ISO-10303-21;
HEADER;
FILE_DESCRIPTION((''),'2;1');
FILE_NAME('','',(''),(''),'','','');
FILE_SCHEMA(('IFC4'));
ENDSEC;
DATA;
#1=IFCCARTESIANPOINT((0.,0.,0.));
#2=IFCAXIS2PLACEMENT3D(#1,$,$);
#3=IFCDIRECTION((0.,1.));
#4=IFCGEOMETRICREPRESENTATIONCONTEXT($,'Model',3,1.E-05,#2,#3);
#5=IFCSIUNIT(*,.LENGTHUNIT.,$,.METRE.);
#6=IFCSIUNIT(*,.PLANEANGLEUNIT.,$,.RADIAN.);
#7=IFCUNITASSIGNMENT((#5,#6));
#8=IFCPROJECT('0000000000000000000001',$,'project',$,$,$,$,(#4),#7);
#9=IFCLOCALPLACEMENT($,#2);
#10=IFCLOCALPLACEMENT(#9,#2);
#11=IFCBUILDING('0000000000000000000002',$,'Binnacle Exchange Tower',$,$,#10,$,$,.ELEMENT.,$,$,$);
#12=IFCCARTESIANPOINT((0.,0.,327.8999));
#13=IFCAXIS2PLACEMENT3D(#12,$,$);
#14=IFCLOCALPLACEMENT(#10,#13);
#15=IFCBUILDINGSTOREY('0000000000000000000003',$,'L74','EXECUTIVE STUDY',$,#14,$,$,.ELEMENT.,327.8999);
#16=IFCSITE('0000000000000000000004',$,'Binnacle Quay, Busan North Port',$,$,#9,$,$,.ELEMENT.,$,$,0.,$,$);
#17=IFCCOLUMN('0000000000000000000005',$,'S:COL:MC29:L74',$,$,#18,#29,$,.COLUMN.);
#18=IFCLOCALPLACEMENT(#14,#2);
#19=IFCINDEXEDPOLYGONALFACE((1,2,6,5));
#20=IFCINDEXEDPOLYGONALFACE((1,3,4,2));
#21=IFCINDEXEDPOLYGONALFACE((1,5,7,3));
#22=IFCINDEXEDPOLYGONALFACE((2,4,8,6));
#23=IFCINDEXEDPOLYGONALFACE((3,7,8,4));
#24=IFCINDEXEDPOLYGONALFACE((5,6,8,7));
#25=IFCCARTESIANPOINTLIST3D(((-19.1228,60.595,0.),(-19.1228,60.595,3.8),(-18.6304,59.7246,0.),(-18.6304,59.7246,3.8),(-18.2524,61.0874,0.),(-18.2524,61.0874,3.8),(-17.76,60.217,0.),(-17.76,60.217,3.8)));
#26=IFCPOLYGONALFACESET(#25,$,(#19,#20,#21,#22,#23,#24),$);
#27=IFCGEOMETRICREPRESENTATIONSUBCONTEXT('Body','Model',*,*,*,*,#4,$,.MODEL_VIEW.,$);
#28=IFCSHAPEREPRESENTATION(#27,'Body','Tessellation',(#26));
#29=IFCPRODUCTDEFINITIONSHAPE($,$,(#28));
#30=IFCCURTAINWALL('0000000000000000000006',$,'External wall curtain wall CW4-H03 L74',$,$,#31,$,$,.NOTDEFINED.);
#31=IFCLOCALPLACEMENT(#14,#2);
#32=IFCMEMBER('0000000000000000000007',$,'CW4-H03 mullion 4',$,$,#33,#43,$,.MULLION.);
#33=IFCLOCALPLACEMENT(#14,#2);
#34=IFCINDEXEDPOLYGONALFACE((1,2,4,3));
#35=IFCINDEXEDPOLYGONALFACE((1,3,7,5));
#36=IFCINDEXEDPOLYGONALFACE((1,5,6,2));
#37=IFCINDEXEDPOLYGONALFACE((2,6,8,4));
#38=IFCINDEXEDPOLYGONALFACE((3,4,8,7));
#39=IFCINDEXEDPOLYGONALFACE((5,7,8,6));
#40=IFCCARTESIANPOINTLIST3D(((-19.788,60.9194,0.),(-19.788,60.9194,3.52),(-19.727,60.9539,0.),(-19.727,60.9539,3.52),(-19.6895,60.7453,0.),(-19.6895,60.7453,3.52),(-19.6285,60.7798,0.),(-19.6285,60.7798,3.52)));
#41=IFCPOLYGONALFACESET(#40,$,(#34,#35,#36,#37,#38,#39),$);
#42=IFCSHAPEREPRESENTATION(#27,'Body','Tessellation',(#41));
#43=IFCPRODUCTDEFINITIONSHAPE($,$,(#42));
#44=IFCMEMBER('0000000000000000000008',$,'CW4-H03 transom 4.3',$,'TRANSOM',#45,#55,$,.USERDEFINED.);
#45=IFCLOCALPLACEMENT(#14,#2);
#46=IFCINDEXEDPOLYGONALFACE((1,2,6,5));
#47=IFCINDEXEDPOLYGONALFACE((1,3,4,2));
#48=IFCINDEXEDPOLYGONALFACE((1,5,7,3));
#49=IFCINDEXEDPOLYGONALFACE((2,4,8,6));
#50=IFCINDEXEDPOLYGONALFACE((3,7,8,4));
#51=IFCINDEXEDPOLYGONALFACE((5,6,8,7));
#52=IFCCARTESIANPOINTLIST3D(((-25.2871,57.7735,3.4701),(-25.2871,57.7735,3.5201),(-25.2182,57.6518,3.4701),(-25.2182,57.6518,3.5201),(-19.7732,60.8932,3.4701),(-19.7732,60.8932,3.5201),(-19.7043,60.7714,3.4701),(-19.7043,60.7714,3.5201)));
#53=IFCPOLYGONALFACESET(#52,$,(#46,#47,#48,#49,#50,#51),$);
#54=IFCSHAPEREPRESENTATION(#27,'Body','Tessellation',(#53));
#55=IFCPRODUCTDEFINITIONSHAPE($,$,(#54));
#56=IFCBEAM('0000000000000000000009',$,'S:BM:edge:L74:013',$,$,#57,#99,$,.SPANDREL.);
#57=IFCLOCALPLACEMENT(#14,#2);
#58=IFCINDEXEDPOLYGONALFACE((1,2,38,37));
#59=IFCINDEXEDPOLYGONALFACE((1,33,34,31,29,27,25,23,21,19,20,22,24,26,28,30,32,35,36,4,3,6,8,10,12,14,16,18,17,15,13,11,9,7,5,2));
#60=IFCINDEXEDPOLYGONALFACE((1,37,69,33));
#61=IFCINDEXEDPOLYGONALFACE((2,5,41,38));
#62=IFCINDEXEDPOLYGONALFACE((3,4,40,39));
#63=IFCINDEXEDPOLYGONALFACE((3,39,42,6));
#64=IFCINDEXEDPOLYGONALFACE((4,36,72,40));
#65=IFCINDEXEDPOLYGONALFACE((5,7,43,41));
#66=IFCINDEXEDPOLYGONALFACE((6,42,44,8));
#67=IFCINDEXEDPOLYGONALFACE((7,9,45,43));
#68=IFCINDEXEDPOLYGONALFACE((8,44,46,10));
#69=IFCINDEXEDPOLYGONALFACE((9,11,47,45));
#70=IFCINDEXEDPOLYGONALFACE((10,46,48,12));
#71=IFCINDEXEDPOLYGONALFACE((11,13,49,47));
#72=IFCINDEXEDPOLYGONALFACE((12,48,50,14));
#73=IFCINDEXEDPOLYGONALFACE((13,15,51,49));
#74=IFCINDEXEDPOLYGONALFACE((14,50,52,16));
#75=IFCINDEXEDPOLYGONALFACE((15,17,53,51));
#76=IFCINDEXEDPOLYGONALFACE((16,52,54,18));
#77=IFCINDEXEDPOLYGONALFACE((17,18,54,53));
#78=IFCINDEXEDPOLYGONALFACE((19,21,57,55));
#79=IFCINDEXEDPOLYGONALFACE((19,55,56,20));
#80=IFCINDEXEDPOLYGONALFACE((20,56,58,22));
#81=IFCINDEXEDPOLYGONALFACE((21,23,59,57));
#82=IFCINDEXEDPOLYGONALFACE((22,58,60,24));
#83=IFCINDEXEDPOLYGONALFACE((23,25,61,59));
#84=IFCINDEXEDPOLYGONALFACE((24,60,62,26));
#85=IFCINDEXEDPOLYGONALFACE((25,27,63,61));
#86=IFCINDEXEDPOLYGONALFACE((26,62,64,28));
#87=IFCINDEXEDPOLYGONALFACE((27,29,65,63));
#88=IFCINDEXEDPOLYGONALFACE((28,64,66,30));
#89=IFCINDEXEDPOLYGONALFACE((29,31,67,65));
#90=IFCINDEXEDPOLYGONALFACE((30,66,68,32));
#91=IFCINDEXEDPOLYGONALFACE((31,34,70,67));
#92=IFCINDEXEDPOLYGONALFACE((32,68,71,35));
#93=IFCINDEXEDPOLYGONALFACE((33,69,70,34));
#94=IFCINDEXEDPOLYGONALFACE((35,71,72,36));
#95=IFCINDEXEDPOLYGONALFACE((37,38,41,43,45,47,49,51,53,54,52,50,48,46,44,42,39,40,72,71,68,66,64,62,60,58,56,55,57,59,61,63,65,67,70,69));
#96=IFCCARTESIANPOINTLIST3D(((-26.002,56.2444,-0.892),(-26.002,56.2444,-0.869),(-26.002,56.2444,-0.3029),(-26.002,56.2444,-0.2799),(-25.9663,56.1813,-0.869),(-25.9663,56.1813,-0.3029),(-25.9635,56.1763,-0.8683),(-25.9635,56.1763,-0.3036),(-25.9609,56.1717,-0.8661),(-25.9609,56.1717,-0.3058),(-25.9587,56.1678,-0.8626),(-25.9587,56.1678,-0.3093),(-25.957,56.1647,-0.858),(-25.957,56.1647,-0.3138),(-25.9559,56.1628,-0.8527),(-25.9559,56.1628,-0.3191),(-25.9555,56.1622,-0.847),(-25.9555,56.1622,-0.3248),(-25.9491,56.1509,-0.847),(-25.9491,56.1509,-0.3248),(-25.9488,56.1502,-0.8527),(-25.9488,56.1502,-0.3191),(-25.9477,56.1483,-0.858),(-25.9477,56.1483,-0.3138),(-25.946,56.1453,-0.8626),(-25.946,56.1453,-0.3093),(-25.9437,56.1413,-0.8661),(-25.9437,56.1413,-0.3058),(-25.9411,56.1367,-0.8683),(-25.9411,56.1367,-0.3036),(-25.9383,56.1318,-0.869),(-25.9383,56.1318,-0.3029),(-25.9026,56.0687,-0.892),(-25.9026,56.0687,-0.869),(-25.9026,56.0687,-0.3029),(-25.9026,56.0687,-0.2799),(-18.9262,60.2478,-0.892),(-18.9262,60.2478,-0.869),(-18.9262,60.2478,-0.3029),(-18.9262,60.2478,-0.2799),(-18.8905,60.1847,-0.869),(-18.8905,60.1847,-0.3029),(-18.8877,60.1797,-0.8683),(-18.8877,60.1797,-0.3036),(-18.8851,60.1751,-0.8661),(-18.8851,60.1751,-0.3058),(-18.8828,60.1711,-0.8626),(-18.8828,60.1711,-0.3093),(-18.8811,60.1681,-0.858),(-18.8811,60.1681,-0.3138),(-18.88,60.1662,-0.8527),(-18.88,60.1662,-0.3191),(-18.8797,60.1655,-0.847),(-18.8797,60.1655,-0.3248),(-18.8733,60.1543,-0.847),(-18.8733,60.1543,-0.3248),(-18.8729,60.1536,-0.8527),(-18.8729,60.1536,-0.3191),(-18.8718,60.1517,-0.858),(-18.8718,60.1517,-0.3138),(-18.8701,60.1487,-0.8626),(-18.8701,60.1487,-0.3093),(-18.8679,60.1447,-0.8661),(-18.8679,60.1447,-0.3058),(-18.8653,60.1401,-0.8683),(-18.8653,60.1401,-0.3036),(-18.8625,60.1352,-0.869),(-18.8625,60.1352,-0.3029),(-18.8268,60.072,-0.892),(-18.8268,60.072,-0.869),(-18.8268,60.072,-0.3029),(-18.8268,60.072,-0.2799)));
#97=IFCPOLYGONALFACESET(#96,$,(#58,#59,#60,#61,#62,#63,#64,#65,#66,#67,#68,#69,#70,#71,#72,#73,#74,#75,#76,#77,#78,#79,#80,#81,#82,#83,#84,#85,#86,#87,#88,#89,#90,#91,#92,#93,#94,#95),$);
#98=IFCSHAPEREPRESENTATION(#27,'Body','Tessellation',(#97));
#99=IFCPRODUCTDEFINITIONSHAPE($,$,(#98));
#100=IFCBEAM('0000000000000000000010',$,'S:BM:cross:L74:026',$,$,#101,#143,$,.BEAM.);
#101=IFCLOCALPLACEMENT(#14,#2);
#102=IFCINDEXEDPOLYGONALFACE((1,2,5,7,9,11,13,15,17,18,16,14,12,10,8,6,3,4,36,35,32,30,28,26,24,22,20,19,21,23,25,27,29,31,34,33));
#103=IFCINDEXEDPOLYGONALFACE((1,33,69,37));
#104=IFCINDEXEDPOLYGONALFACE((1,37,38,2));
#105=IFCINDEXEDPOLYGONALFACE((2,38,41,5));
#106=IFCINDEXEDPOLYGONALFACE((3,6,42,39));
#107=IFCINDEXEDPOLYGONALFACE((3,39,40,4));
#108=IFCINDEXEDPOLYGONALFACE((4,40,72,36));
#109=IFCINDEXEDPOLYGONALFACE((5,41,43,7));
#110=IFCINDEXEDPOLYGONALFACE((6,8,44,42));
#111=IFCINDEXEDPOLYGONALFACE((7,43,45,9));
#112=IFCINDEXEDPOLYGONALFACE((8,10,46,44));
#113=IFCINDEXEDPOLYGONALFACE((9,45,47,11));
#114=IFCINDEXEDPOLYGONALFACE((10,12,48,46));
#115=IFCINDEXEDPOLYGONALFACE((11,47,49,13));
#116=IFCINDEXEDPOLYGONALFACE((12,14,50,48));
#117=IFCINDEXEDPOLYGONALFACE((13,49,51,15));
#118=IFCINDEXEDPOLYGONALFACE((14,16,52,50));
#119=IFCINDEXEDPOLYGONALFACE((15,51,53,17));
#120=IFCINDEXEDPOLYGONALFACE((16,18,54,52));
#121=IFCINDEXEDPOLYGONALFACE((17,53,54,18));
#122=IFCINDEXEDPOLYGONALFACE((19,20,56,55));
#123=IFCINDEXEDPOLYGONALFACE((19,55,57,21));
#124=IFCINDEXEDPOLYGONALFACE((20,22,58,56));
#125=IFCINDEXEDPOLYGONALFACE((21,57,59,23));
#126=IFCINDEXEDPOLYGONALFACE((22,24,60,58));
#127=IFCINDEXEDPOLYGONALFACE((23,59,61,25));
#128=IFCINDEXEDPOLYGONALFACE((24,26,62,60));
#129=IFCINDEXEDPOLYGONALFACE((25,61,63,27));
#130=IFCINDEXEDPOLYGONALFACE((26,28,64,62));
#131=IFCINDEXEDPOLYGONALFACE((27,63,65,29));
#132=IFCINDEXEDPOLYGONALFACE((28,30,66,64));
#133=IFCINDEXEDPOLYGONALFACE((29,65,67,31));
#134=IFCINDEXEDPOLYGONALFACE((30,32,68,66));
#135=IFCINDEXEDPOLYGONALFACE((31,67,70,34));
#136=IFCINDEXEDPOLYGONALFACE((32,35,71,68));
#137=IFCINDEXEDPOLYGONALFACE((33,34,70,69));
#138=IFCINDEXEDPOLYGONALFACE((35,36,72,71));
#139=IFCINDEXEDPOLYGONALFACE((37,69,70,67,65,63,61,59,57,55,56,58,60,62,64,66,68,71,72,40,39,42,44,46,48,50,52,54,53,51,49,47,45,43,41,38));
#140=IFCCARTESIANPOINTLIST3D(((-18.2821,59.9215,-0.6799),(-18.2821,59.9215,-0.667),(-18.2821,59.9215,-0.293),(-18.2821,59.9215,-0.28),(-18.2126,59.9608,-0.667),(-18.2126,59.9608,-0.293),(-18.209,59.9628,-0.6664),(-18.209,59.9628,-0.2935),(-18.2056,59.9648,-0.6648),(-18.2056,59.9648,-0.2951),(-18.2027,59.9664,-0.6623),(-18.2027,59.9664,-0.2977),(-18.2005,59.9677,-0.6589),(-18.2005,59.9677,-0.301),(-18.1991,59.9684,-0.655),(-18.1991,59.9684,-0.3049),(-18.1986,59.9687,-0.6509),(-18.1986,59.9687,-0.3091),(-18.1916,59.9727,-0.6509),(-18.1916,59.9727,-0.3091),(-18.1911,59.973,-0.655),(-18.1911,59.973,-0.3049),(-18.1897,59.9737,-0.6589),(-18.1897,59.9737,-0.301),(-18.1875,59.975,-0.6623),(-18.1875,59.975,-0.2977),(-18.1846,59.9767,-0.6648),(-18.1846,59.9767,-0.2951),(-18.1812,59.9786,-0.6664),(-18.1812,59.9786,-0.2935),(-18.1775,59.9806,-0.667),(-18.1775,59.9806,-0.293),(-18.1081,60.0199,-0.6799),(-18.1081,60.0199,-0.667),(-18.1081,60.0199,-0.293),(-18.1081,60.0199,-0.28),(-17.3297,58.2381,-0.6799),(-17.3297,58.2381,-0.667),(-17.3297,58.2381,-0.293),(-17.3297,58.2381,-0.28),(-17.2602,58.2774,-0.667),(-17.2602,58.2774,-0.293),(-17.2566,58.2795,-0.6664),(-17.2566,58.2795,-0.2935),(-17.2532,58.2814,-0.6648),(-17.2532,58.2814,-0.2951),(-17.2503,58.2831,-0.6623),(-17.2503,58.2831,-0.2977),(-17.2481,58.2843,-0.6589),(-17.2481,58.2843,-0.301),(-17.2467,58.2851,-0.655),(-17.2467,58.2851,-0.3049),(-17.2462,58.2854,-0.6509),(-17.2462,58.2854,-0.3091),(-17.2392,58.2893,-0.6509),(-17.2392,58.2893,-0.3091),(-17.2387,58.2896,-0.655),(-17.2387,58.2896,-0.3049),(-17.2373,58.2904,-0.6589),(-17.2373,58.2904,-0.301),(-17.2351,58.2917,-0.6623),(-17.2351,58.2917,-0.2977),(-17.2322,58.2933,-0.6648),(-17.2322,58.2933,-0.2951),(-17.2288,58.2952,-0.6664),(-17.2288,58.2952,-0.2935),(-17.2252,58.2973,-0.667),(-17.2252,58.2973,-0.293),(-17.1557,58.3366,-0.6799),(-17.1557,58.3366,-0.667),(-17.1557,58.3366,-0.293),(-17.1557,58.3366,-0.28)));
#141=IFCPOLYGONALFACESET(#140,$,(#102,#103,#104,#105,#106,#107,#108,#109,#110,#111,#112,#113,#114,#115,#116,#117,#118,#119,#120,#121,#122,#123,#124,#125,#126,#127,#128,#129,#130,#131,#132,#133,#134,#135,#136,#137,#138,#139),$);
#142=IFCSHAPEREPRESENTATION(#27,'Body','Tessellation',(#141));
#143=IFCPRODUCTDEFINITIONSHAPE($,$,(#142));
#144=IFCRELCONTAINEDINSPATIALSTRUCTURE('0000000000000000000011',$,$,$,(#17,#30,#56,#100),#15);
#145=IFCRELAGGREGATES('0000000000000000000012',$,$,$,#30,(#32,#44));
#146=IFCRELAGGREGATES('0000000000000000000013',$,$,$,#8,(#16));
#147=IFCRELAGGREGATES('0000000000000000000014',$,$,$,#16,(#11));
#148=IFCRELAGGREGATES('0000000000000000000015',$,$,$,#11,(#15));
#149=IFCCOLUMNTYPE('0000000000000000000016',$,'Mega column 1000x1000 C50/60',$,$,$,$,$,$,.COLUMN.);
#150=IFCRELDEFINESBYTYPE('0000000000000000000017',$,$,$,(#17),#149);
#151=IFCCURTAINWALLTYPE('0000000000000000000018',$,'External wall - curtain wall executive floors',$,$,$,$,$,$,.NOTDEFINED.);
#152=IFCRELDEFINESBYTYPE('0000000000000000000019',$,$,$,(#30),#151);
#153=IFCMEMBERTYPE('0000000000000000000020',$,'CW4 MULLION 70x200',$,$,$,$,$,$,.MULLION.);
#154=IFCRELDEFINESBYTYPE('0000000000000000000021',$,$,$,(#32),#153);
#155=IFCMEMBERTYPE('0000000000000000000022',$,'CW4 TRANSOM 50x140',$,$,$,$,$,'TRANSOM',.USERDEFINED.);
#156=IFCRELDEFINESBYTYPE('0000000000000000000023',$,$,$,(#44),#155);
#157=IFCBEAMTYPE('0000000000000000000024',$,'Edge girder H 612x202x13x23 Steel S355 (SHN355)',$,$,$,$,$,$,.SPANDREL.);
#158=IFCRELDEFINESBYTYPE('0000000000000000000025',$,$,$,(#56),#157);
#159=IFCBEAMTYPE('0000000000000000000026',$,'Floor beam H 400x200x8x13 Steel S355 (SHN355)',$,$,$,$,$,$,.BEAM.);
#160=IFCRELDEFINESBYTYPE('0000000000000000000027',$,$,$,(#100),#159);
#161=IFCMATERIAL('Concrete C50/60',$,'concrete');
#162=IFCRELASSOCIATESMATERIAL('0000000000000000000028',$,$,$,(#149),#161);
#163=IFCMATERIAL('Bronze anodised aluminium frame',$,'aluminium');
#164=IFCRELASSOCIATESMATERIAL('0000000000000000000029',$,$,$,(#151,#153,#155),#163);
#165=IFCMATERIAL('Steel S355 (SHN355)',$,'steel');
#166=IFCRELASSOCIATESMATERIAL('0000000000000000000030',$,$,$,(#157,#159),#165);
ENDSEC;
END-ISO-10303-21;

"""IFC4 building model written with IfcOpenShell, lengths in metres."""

from ifc_helpers import new_model, si_unit, direction, frame, origin, origin_2d, place, context, subcontext, project, spatial, rectangle, i_section, extrude, material, material_profile, profile_set, type_object, element, aggregate, save


model = new_model("IFC4")

# Units and contexts
model_context = context("Model", 3, precision=1e-05, world=origin(), true_north=direction((0.0, 1.0)))
body_context = subcontext(model_context, "Body", "Model", "MODEL_VIEW")
ifc_project = project(units=[si_unit("LENGTHUNIT", "METRE"), si_unit("PLANEANGLEUNIT", "RADIAN")], contexts=[model_context])

# Site, building, storey
site_placement = place(None, origin())
site = spatial("IfcSite", under=ifc_project, at=site_placement, Name="Binnacle Quay, Busan North Port", CompositionType="ELEMENT", RefElevation=0.0)
building_placement = place(site_placement, origin())
building = spatial("IfcBuilding", under=site, at=building_placement, Name="Binnacle Exchange Tower", CompositionType="ELEMENT")
storey_placement = place(building_placement, frame((0.0, 0.0, 327.8999)))
storey = spatial("IfcBuildingStorey", under=building, at=storey_placement, Name="L74", Description="EXECUTIVE STUDY", CompositionType="ELEMENT", Elevation=327.8999)

# Column
ifc_material_1 = material(Name="Concrete C50/60", Category="concrete")
ifc_material_profile_1 = material_profile(ifc_material_1, rectangle(XDim=1.0, YDim=1.0, at=origin_2d()), Name="Mega column 1000x1000 C50/60")
ifc_profile_set_1 = profile_set([ifc_material_profile_1], Name="Concrete C50/60")
column_type = type_object("IfcColumnType", Name="Mega column 1000x1000 C50/60", PredefinedType="COLUMN", material=ifc_profile_set_1)
column_placement = place(storey_placement, frame((-18.4414, 60.406, 0.0), z_axis=(0.0, 0.0, 1.0), x_axis=(-0.870356, -0.492424, 0.0)))
element("IfcColumn", 1, at=column_placement, inside=storey, type_object=column_type, Name="S:COL:MC29:L74", PredefinedType="COLUMN", context=body_context, shape_type="SweptSolid", body=[
    extrude(rectangle(XDim=1.0, YDim=1.0, at=origin_2d()), origin(), (0.0, 0.0, 1.0), 3.8),
])

# Curtain wall, members
ifc_material_2 = material(Name="Bronze anodised aluminium frame", Category="aluminium")
curtain_wall_type = type_object("IfcCurtainWallType", Name="External wall - curtain wall executive floors", PredefinedType="NOTDEFINED", material=ifc_material_2)
curtain_wall_placement = place(storey_placement, origin())
curtain_wall = element("IfcCurtainWall", 2, at=curtain_wall_placement, inside=storey, type_object=curtain_wall_type, Name="External wall curtain wall CW4-H03 L74", PredefinedType="NOTDEFINED")
ifc_material_profile_2 = material_profile(ifc_material_2, rectangle(XDim=0.2, YDim=0.0701, at=origin_2d()), Name="AL 70x200")
ifc_profile_set_2 = profile_set([ifc_material_profile_2], Name="Bronze anodised aluminium frame")
member_type_1 = type_object("IfcMemberType", Name="CW4 MULLION 70x200", PredefinedType="MULLION", material=ifc_profile_set_2)
member_1_placement = place(storey_placement, frame((-19.7083, 60.8496, 0.0), z_axis=(0.0, 0.0, 1.0), x_axis=(0.492424, -0.870356, 0.0)))
member_1 = element("IfcMember", 3, at=member_1_placement, type_object=member_type_1, Name="CW4-H03 mullion 4", PredefinedType="MULLION", context=body_context, shape_type="SweptSolid", body=[
    extrude(rectangle(XDim=0.2, YDim=0.0701, at=origin_2d()), origin(), (0.0, 0.0, 1.0), 3.52),
])
ifc_material_profile_3 = material_profile(ifc_material_2, rectangle(XDim=0.1399, YDim=0.05, at=origin_2d()), Name="AL 140x50")
ifc_profile_set_3 = profile_set([ifc_material_profile_3], Name="Bronze anodised aluminium frame")
member_type_2 = type_object("IfcMemberType", Name="CW4 TRANSOM 50x140", ElementType="TRANSOM", PredefinedType="USERDEFINED", material=ifc_profile_set_3)
member_2_placement = place(storey_placement, frame((-19.7388, 60.8323, 3.4951), z_axis=(-0.870355, -0.492424, 0.0), x_axis=(0.492424, -0.870355, 0.0)))
member_2 = element("IfcMember", 4, at=member_2_placement, type_object=member_type_2, Name="CW4-H03 transom 4.3", ObjectType="TRANSOM", PredefinedType="USERDEFINED", context=body_context, shape_type="SweptSolid", body=[
    extrude(rectangle(XDim=0.1399, YDim=0.05, at=origin_2d()), origin(), (0.0, 0.0, 1.0), 6.3352),
])
aggregate(curtain_wall, [member_1, member_2])

# Beams
ifc_material_3 = material(Name="Steel S355 (SHN355)", Category="steel")
ifc_material_profile_4 = material_profile(ifc_material_3, i_section(OverallWidth=0.2019, OverallDepth=0.6121, WebThickness=0.0129, FlangeThickness=0.0229, FilletRadius=0.022, at=origin_2d()), Name="H 612x202x13x23")
ifc_profile_set_4 = profile_set([ifc_material_profile_4], Name="Steel S355 (SHN355)")
beam_type_1 = type_object("IfcBeamType", Name="Edge girder H 612x202x13x23 Steel S355 (SHN355)", PredefinedType="SPANDREL", material=ifc_profile_set_4)
beam_1_placement = place(storey_placement, frame((-18.8765, 60.1599, -0.5859), z_axis=(-0.870353, -0.492428, 0.0), x_axis=(0.492428, -0.870353, 0.0)))
element("IfcBeam", 5, at=beam_1_placement, inside=storey, type_object=beam_type_1, Name="S:BM:edge:L74:013", PredefinedType="SPANDREL", context=body_context, shape_type="SweptSolid", body=[
    extrude(i_section(OverallWidth=0.2019, OverallDepth=0.6121, WebThickness=0.0129, FlangeThickness=0.0229, FilletRadius=0.022, at=origin_2d()), origin(), (0.0, 0.0, 1.0), 8.1299),
])
ifc_material_profile_5 = material_profile(ifc_material_3, i_section(OverallWidth=0.2, OverallDepth=0.3999, WebThickness=0.0081, FlangeThickness=0.0129, FilletRadius=0.0161, at=origin_2d()), Name="H 400x200x8x13")
ifc_profile_set_5 = profile_set([ifc_material_profile_5], Name="Steel S355 (SHN355)")
beam_type_2 = type_object("IfcBeamType", Name="Floor beam H 400x200x8x13 Steel S355 (SHN355)", PredefinedType="BEAM", material=ifc_profile_set_5)
beam_2_placement = place(storey_placement, frame((-18.1951, 59.9707, -0.48), z_axis=(0.492423, -0.870356, 0.0), x_axis=(0.870356, 0.492423, 0.0)))
element("IfcBeam", 6, at=beam_2_placement, inside=storey, type_object=beam_type_2, Name="S:BM:cross:L74:026", PredefinedType="BEAM", context=body_context, shape_type="SweptSolid", body=[
    extrude(i_section(OverallWidth=0.2, OverallDepth=0.3999, WebThickness=0.0081, FlangeThickness=0.0129, FilletRadius=0.0161, at=origin_2d()), origin(), (0.0, 0.0, 1.0), 1.9341),
])

save(model, "model.ifc")
